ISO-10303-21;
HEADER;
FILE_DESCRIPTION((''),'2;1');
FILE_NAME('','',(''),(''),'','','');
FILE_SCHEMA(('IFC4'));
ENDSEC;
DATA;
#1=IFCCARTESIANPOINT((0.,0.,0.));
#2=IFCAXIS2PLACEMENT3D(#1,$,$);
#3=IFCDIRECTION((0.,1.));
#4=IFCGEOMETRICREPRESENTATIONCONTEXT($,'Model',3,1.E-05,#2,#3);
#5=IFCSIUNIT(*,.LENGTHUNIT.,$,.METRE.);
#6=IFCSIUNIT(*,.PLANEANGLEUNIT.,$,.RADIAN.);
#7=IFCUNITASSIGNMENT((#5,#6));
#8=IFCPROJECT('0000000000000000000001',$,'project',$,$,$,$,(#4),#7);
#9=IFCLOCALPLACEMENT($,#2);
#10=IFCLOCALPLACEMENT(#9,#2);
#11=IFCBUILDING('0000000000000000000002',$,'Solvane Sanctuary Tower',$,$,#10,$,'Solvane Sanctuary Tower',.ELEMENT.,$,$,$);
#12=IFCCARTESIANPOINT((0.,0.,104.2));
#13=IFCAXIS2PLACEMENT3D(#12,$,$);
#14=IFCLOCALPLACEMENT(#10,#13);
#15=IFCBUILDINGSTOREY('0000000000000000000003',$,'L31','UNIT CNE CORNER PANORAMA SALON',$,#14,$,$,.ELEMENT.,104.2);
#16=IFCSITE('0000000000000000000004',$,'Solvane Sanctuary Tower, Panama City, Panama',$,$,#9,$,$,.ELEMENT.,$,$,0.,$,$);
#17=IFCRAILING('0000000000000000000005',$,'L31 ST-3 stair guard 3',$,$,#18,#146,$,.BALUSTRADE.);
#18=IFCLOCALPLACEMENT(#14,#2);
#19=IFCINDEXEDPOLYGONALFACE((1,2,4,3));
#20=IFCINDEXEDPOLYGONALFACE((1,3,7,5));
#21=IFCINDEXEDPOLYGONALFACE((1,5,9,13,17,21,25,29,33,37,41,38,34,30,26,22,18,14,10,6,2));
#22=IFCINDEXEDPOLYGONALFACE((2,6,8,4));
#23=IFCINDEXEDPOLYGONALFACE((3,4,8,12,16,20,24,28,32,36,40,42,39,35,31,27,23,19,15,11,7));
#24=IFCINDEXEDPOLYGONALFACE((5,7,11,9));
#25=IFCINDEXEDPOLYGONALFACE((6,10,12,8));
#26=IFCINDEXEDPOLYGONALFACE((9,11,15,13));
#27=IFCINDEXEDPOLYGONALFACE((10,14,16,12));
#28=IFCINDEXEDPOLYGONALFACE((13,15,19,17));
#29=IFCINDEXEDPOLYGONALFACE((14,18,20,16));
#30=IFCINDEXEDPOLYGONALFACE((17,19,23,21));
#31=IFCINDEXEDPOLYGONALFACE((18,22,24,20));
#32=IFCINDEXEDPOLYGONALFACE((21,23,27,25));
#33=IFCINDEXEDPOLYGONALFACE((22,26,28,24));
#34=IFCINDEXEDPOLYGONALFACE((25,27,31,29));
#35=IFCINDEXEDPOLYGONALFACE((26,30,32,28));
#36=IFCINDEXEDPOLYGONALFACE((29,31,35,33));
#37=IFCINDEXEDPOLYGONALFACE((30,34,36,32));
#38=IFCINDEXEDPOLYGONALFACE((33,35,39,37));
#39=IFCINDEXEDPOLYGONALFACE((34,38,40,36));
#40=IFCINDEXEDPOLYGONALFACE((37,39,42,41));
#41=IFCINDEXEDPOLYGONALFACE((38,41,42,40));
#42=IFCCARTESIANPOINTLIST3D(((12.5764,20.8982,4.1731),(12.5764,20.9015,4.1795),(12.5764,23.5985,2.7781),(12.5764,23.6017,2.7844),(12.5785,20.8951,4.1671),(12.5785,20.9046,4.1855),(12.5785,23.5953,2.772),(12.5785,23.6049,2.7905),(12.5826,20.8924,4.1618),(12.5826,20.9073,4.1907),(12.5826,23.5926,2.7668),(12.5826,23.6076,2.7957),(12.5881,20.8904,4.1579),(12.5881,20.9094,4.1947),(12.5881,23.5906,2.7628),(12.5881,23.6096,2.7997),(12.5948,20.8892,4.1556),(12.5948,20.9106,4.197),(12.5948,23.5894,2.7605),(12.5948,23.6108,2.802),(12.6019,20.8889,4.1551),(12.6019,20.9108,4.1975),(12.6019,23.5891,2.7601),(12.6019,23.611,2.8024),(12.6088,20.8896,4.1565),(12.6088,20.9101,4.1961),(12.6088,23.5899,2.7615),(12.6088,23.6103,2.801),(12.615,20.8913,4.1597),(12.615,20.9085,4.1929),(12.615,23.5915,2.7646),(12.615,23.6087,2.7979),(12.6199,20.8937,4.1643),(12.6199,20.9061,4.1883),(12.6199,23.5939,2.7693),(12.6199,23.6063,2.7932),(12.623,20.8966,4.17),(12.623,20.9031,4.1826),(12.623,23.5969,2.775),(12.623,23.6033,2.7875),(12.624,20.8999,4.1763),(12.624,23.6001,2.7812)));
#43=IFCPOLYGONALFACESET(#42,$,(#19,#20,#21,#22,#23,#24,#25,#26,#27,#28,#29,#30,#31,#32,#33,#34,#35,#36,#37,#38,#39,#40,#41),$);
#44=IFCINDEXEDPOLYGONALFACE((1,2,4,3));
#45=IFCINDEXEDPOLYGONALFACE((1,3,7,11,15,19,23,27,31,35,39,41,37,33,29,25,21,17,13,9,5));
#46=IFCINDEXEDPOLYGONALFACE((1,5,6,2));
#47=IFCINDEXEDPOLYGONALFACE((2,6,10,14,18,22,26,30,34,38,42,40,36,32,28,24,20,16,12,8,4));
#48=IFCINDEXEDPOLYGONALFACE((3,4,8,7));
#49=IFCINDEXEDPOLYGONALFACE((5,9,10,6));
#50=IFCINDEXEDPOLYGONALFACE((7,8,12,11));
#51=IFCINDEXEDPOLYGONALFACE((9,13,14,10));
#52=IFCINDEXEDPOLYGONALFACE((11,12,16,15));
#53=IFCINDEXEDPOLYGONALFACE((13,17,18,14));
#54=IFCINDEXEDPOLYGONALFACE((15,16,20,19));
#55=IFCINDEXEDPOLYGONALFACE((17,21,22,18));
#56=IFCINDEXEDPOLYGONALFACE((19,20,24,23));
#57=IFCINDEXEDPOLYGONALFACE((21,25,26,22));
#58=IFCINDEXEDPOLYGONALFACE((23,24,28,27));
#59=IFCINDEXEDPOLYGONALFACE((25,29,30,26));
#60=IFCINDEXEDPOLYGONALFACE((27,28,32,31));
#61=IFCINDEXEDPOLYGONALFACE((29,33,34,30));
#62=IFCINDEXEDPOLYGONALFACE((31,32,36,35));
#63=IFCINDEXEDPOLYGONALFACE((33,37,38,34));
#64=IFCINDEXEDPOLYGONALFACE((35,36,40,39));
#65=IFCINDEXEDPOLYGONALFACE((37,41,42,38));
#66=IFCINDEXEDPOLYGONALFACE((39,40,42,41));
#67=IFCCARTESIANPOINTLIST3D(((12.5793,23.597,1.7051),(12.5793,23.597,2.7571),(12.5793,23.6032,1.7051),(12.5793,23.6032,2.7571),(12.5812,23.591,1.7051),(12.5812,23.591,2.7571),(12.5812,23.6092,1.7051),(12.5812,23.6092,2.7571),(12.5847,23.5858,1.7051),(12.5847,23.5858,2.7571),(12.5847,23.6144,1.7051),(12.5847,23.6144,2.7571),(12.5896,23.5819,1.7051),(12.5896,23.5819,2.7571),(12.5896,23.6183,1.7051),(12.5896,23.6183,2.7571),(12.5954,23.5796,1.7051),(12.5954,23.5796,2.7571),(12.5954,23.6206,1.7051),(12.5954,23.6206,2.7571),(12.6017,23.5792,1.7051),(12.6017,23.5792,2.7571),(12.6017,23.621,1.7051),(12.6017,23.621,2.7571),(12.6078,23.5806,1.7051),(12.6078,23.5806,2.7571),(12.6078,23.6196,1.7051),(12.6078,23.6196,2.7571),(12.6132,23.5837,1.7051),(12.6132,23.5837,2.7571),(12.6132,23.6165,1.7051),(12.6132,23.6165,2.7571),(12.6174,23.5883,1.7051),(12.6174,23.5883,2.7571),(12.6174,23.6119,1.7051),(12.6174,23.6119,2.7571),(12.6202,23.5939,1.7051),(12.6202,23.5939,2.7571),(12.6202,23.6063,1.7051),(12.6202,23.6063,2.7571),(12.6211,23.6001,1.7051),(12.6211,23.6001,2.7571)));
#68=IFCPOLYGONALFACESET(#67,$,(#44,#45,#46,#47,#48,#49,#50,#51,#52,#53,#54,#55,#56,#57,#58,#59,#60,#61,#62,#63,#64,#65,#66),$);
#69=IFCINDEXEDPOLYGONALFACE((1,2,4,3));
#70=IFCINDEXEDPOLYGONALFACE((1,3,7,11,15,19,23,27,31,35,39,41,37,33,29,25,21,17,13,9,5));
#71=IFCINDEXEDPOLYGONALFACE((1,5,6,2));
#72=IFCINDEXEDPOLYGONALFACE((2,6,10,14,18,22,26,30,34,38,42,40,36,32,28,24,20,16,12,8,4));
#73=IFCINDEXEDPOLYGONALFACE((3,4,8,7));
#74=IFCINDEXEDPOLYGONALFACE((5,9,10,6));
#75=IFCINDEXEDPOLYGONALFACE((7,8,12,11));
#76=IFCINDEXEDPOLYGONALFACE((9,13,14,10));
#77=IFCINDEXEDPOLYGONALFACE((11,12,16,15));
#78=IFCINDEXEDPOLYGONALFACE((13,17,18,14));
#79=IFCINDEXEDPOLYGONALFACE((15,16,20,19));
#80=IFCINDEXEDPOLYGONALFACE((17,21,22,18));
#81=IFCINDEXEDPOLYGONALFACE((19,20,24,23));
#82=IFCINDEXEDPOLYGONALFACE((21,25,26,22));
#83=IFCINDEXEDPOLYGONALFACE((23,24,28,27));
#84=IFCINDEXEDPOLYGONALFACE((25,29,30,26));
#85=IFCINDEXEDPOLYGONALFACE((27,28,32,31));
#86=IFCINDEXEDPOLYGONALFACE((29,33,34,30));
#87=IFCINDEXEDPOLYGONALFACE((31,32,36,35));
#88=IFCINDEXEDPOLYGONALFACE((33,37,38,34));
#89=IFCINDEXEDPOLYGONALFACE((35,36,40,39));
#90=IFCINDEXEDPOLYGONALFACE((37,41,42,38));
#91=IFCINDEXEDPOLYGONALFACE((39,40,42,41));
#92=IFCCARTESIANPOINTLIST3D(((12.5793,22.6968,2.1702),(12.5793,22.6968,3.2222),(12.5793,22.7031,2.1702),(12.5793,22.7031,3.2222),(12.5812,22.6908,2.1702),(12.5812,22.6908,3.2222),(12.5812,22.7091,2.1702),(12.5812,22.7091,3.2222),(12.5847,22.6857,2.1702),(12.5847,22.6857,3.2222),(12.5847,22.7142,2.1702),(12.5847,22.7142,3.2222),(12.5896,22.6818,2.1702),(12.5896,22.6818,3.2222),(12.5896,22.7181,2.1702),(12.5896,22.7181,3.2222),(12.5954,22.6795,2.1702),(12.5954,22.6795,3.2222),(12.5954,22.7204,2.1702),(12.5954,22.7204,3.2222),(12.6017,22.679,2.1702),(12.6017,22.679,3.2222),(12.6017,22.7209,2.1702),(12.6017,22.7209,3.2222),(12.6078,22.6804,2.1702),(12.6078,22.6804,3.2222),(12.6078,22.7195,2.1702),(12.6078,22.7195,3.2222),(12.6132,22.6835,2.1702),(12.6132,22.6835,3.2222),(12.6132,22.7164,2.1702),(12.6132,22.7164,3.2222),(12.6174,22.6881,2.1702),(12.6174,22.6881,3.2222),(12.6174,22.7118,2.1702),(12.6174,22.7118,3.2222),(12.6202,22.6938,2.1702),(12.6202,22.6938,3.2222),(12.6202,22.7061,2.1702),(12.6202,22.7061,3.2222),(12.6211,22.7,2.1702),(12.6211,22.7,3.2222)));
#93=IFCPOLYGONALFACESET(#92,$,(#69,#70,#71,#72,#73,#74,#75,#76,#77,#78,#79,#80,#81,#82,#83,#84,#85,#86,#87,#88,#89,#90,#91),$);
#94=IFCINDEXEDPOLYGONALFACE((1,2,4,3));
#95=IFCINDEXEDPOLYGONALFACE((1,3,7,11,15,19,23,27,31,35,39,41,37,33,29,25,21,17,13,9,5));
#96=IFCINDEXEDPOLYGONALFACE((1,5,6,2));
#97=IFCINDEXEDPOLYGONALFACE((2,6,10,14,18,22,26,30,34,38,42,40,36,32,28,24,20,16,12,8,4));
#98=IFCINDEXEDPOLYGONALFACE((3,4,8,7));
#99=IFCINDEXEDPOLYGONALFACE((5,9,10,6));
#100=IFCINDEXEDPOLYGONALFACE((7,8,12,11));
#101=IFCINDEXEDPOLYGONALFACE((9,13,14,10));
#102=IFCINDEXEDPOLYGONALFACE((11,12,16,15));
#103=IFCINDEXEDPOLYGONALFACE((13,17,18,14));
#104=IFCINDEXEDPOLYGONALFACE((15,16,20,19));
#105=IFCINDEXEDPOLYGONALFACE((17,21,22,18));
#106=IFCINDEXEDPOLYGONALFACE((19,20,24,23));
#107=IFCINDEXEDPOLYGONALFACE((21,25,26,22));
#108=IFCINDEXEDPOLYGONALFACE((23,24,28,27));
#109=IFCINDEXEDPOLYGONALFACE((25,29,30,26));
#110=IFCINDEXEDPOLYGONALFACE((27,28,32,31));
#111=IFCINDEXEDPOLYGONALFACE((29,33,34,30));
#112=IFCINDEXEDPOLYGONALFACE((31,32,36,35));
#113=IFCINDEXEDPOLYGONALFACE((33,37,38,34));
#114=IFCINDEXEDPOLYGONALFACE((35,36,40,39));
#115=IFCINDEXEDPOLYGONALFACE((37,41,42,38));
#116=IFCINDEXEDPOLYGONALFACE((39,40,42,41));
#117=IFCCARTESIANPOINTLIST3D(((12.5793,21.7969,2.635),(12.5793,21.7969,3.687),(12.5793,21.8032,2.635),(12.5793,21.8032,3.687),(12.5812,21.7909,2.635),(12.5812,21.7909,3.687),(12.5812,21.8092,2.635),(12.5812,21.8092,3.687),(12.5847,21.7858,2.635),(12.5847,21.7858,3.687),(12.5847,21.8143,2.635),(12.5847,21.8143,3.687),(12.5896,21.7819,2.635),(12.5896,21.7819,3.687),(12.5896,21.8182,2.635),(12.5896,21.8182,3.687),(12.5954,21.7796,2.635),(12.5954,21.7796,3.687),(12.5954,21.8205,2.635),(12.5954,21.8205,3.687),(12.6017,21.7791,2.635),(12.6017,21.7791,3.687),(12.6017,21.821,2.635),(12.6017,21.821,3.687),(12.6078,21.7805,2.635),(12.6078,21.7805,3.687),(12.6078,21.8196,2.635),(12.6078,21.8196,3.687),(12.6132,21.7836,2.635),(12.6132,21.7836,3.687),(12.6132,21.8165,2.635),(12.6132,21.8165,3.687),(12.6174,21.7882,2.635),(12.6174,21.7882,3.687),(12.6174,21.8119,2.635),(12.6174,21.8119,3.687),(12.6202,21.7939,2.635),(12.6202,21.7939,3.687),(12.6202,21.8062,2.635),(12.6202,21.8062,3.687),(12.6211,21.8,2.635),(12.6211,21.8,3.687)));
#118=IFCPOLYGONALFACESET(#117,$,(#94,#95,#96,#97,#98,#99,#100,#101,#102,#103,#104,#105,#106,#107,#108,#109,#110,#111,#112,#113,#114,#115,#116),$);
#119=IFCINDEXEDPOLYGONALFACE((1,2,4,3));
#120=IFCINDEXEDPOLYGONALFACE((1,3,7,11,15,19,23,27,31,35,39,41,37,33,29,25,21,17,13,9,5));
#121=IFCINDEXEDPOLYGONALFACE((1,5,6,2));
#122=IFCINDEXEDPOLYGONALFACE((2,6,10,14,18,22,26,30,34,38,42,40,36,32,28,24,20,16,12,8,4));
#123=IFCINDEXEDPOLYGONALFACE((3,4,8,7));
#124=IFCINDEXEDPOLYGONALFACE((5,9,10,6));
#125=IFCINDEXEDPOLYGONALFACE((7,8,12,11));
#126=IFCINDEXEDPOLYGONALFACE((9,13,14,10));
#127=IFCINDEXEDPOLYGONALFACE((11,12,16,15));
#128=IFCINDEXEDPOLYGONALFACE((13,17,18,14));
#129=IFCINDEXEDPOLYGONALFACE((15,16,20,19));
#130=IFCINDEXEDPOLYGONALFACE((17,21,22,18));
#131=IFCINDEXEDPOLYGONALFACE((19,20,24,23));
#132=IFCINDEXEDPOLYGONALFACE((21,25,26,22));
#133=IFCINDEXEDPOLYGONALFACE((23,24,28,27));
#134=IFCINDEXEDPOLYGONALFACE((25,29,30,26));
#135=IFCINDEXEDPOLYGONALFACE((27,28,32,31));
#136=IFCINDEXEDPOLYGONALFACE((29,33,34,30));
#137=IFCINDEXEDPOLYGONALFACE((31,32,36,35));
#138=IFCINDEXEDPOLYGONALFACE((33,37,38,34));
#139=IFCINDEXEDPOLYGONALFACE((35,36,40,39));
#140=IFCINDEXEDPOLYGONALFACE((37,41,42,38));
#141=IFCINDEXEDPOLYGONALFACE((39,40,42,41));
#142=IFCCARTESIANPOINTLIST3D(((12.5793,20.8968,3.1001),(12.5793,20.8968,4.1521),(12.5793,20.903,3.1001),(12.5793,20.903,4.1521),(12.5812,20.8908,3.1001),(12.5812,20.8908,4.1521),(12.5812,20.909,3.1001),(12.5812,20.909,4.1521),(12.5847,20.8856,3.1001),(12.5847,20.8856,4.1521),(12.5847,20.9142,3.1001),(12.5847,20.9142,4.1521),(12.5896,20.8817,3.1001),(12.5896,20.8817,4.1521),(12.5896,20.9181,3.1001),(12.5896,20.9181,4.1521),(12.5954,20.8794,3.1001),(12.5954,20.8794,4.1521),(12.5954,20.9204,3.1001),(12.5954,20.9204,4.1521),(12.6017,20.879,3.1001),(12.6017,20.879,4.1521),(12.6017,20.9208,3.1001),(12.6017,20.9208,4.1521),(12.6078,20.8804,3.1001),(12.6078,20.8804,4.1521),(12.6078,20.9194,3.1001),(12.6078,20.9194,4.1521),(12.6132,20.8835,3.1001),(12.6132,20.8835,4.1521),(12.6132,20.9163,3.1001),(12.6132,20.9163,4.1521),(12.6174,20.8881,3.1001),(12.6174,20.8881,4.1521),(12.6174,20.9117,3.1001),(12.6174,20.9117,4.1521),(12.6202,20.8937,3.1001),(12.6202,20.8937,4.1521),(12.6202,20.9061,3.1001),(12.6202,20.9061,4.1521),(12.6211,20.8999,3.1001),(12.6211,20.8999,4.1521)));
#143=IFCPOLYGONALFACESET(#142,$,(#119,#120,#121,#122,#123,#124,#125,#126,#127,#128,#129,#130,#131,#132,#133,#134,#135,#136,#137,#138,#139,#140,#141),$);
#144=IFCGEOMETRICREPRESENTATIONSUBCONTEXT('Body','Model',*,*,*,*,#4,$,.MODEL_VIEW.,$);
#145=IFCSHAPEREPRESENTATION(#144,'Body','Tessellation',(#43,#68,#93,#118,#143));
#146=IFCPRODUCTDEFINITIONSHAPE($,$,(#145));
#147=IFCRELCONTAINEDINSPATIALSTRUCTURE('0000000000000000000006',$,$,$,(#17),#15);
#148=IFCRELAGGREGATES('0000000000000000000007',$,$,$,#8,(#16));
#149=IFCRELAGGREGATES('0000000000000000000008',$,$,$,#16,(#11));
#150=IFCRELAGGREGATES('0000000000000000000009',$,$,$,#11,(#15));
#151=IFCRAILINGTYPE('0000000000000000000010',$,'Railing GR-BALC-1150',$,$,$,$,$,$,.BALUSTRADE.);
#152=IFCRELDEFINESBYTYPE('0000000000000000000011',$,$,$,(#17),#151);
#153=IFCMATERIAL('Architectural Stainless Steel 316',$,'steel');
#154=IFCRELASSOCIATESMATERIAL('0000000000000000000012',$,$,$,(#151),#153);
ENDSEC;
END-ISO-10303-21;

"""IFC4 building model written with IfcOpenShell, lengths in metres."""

from ifc_helpers import new_model, si_unit, direction, frame, origin, origin_2d, place, context, subcontext, project, spatial, circle, extrude, material, type_object, element, save


model = new_model("IFC4")

# Units and contexts
model_context = context("Model", 3, precision=1e-05, world=origin(), true_north=direction((0.0, 1.0)))
body_context = subcontext(model_context, "Body", "Model", "MODEL_VIEW")
ifc_project = project(units=[si_unit("LENGTHUNIT", "METRE"), si_unit("PLANEANGLEUNIT", "RADIAN")], contexts=[model_context])

# Site, building, storey
site_placement = place(None, origin())
site = spatial("IfcSite", under=ifc_project, at=site_placement, Name="Solvane Sanctuary Tower, Panama City, Panama", CompositionType="ELEMENT", RefElevation=0.0)
building_placement = place(site_placement, origin())
building = spatial("IfcBuilding", under=site, at=building_placement, Name="Solvane Sanctuary Tower", LongName="Solvane Sanctuary Tower", CompositionType="ELEMENT")
storey_placement = place(building_placement, frame((0.0, 0.0, 104.2)))
storey = spatial("IfcBuildingStorey", under=building, at=storey_placement, Name="L31", Description="UNIT CNE CORNER PANORAMA SALON", CompositionType="ELEMENT", Elevation=104.2)

# Railing
ifc_material_1 = material(Name="Architectural Stainless Steel 316", Category="steel")
railing_type_1 = type_object("IfcRailingType", Name="Railing GR-BALC-1150", PredefinedType="BALUSTRADE", material=ifc_material_1)
railing_1_placement = place(storey_placement, frame((12.6001, 23.6001, 1.7051)))
element("IfcRailing", 1, at=railing_1_placement, inside=storey, type_object=railing_type_1, Name="L31 ST-3 stair guard 3", PredefinedType="BALUSTRADE", context=body_context, shape_type="SweptSolid", body=[
    extrude(circle(Radius=0.0239, at=origin_2d()), frame((0.0, 0.0, 1.0762), z_axis=(0.0, -0.888437, 0.458999), x_axis=(1.0, 0.0, 0.0)), (0.0, 0.0, 1.0), 3.0393),
    extrude(circle(Radius=0.021, at=origin_2d()), origin(), (0.0, 0.0, 1.0), 1.052),
    extrude(circle(Radius=0.021, at=origin_2d()), frame((0.0, -0.9001, 0.4651)), (0.0, 0.0, 1.0), 1.052),
    extrude(circle(Radius=0.021, at=origin_2d()), frame((0.0, -1.8, 0.9299)), (0.0, 0.0, 1.0), 1.052),
    extrude(circle(Radius=0.021, at=origin_2d()), frame((0.0, -2.7002, 1.395)), (0.0, 0.0, 1.0), 1.052),
])

save(model, "model.ifc")
